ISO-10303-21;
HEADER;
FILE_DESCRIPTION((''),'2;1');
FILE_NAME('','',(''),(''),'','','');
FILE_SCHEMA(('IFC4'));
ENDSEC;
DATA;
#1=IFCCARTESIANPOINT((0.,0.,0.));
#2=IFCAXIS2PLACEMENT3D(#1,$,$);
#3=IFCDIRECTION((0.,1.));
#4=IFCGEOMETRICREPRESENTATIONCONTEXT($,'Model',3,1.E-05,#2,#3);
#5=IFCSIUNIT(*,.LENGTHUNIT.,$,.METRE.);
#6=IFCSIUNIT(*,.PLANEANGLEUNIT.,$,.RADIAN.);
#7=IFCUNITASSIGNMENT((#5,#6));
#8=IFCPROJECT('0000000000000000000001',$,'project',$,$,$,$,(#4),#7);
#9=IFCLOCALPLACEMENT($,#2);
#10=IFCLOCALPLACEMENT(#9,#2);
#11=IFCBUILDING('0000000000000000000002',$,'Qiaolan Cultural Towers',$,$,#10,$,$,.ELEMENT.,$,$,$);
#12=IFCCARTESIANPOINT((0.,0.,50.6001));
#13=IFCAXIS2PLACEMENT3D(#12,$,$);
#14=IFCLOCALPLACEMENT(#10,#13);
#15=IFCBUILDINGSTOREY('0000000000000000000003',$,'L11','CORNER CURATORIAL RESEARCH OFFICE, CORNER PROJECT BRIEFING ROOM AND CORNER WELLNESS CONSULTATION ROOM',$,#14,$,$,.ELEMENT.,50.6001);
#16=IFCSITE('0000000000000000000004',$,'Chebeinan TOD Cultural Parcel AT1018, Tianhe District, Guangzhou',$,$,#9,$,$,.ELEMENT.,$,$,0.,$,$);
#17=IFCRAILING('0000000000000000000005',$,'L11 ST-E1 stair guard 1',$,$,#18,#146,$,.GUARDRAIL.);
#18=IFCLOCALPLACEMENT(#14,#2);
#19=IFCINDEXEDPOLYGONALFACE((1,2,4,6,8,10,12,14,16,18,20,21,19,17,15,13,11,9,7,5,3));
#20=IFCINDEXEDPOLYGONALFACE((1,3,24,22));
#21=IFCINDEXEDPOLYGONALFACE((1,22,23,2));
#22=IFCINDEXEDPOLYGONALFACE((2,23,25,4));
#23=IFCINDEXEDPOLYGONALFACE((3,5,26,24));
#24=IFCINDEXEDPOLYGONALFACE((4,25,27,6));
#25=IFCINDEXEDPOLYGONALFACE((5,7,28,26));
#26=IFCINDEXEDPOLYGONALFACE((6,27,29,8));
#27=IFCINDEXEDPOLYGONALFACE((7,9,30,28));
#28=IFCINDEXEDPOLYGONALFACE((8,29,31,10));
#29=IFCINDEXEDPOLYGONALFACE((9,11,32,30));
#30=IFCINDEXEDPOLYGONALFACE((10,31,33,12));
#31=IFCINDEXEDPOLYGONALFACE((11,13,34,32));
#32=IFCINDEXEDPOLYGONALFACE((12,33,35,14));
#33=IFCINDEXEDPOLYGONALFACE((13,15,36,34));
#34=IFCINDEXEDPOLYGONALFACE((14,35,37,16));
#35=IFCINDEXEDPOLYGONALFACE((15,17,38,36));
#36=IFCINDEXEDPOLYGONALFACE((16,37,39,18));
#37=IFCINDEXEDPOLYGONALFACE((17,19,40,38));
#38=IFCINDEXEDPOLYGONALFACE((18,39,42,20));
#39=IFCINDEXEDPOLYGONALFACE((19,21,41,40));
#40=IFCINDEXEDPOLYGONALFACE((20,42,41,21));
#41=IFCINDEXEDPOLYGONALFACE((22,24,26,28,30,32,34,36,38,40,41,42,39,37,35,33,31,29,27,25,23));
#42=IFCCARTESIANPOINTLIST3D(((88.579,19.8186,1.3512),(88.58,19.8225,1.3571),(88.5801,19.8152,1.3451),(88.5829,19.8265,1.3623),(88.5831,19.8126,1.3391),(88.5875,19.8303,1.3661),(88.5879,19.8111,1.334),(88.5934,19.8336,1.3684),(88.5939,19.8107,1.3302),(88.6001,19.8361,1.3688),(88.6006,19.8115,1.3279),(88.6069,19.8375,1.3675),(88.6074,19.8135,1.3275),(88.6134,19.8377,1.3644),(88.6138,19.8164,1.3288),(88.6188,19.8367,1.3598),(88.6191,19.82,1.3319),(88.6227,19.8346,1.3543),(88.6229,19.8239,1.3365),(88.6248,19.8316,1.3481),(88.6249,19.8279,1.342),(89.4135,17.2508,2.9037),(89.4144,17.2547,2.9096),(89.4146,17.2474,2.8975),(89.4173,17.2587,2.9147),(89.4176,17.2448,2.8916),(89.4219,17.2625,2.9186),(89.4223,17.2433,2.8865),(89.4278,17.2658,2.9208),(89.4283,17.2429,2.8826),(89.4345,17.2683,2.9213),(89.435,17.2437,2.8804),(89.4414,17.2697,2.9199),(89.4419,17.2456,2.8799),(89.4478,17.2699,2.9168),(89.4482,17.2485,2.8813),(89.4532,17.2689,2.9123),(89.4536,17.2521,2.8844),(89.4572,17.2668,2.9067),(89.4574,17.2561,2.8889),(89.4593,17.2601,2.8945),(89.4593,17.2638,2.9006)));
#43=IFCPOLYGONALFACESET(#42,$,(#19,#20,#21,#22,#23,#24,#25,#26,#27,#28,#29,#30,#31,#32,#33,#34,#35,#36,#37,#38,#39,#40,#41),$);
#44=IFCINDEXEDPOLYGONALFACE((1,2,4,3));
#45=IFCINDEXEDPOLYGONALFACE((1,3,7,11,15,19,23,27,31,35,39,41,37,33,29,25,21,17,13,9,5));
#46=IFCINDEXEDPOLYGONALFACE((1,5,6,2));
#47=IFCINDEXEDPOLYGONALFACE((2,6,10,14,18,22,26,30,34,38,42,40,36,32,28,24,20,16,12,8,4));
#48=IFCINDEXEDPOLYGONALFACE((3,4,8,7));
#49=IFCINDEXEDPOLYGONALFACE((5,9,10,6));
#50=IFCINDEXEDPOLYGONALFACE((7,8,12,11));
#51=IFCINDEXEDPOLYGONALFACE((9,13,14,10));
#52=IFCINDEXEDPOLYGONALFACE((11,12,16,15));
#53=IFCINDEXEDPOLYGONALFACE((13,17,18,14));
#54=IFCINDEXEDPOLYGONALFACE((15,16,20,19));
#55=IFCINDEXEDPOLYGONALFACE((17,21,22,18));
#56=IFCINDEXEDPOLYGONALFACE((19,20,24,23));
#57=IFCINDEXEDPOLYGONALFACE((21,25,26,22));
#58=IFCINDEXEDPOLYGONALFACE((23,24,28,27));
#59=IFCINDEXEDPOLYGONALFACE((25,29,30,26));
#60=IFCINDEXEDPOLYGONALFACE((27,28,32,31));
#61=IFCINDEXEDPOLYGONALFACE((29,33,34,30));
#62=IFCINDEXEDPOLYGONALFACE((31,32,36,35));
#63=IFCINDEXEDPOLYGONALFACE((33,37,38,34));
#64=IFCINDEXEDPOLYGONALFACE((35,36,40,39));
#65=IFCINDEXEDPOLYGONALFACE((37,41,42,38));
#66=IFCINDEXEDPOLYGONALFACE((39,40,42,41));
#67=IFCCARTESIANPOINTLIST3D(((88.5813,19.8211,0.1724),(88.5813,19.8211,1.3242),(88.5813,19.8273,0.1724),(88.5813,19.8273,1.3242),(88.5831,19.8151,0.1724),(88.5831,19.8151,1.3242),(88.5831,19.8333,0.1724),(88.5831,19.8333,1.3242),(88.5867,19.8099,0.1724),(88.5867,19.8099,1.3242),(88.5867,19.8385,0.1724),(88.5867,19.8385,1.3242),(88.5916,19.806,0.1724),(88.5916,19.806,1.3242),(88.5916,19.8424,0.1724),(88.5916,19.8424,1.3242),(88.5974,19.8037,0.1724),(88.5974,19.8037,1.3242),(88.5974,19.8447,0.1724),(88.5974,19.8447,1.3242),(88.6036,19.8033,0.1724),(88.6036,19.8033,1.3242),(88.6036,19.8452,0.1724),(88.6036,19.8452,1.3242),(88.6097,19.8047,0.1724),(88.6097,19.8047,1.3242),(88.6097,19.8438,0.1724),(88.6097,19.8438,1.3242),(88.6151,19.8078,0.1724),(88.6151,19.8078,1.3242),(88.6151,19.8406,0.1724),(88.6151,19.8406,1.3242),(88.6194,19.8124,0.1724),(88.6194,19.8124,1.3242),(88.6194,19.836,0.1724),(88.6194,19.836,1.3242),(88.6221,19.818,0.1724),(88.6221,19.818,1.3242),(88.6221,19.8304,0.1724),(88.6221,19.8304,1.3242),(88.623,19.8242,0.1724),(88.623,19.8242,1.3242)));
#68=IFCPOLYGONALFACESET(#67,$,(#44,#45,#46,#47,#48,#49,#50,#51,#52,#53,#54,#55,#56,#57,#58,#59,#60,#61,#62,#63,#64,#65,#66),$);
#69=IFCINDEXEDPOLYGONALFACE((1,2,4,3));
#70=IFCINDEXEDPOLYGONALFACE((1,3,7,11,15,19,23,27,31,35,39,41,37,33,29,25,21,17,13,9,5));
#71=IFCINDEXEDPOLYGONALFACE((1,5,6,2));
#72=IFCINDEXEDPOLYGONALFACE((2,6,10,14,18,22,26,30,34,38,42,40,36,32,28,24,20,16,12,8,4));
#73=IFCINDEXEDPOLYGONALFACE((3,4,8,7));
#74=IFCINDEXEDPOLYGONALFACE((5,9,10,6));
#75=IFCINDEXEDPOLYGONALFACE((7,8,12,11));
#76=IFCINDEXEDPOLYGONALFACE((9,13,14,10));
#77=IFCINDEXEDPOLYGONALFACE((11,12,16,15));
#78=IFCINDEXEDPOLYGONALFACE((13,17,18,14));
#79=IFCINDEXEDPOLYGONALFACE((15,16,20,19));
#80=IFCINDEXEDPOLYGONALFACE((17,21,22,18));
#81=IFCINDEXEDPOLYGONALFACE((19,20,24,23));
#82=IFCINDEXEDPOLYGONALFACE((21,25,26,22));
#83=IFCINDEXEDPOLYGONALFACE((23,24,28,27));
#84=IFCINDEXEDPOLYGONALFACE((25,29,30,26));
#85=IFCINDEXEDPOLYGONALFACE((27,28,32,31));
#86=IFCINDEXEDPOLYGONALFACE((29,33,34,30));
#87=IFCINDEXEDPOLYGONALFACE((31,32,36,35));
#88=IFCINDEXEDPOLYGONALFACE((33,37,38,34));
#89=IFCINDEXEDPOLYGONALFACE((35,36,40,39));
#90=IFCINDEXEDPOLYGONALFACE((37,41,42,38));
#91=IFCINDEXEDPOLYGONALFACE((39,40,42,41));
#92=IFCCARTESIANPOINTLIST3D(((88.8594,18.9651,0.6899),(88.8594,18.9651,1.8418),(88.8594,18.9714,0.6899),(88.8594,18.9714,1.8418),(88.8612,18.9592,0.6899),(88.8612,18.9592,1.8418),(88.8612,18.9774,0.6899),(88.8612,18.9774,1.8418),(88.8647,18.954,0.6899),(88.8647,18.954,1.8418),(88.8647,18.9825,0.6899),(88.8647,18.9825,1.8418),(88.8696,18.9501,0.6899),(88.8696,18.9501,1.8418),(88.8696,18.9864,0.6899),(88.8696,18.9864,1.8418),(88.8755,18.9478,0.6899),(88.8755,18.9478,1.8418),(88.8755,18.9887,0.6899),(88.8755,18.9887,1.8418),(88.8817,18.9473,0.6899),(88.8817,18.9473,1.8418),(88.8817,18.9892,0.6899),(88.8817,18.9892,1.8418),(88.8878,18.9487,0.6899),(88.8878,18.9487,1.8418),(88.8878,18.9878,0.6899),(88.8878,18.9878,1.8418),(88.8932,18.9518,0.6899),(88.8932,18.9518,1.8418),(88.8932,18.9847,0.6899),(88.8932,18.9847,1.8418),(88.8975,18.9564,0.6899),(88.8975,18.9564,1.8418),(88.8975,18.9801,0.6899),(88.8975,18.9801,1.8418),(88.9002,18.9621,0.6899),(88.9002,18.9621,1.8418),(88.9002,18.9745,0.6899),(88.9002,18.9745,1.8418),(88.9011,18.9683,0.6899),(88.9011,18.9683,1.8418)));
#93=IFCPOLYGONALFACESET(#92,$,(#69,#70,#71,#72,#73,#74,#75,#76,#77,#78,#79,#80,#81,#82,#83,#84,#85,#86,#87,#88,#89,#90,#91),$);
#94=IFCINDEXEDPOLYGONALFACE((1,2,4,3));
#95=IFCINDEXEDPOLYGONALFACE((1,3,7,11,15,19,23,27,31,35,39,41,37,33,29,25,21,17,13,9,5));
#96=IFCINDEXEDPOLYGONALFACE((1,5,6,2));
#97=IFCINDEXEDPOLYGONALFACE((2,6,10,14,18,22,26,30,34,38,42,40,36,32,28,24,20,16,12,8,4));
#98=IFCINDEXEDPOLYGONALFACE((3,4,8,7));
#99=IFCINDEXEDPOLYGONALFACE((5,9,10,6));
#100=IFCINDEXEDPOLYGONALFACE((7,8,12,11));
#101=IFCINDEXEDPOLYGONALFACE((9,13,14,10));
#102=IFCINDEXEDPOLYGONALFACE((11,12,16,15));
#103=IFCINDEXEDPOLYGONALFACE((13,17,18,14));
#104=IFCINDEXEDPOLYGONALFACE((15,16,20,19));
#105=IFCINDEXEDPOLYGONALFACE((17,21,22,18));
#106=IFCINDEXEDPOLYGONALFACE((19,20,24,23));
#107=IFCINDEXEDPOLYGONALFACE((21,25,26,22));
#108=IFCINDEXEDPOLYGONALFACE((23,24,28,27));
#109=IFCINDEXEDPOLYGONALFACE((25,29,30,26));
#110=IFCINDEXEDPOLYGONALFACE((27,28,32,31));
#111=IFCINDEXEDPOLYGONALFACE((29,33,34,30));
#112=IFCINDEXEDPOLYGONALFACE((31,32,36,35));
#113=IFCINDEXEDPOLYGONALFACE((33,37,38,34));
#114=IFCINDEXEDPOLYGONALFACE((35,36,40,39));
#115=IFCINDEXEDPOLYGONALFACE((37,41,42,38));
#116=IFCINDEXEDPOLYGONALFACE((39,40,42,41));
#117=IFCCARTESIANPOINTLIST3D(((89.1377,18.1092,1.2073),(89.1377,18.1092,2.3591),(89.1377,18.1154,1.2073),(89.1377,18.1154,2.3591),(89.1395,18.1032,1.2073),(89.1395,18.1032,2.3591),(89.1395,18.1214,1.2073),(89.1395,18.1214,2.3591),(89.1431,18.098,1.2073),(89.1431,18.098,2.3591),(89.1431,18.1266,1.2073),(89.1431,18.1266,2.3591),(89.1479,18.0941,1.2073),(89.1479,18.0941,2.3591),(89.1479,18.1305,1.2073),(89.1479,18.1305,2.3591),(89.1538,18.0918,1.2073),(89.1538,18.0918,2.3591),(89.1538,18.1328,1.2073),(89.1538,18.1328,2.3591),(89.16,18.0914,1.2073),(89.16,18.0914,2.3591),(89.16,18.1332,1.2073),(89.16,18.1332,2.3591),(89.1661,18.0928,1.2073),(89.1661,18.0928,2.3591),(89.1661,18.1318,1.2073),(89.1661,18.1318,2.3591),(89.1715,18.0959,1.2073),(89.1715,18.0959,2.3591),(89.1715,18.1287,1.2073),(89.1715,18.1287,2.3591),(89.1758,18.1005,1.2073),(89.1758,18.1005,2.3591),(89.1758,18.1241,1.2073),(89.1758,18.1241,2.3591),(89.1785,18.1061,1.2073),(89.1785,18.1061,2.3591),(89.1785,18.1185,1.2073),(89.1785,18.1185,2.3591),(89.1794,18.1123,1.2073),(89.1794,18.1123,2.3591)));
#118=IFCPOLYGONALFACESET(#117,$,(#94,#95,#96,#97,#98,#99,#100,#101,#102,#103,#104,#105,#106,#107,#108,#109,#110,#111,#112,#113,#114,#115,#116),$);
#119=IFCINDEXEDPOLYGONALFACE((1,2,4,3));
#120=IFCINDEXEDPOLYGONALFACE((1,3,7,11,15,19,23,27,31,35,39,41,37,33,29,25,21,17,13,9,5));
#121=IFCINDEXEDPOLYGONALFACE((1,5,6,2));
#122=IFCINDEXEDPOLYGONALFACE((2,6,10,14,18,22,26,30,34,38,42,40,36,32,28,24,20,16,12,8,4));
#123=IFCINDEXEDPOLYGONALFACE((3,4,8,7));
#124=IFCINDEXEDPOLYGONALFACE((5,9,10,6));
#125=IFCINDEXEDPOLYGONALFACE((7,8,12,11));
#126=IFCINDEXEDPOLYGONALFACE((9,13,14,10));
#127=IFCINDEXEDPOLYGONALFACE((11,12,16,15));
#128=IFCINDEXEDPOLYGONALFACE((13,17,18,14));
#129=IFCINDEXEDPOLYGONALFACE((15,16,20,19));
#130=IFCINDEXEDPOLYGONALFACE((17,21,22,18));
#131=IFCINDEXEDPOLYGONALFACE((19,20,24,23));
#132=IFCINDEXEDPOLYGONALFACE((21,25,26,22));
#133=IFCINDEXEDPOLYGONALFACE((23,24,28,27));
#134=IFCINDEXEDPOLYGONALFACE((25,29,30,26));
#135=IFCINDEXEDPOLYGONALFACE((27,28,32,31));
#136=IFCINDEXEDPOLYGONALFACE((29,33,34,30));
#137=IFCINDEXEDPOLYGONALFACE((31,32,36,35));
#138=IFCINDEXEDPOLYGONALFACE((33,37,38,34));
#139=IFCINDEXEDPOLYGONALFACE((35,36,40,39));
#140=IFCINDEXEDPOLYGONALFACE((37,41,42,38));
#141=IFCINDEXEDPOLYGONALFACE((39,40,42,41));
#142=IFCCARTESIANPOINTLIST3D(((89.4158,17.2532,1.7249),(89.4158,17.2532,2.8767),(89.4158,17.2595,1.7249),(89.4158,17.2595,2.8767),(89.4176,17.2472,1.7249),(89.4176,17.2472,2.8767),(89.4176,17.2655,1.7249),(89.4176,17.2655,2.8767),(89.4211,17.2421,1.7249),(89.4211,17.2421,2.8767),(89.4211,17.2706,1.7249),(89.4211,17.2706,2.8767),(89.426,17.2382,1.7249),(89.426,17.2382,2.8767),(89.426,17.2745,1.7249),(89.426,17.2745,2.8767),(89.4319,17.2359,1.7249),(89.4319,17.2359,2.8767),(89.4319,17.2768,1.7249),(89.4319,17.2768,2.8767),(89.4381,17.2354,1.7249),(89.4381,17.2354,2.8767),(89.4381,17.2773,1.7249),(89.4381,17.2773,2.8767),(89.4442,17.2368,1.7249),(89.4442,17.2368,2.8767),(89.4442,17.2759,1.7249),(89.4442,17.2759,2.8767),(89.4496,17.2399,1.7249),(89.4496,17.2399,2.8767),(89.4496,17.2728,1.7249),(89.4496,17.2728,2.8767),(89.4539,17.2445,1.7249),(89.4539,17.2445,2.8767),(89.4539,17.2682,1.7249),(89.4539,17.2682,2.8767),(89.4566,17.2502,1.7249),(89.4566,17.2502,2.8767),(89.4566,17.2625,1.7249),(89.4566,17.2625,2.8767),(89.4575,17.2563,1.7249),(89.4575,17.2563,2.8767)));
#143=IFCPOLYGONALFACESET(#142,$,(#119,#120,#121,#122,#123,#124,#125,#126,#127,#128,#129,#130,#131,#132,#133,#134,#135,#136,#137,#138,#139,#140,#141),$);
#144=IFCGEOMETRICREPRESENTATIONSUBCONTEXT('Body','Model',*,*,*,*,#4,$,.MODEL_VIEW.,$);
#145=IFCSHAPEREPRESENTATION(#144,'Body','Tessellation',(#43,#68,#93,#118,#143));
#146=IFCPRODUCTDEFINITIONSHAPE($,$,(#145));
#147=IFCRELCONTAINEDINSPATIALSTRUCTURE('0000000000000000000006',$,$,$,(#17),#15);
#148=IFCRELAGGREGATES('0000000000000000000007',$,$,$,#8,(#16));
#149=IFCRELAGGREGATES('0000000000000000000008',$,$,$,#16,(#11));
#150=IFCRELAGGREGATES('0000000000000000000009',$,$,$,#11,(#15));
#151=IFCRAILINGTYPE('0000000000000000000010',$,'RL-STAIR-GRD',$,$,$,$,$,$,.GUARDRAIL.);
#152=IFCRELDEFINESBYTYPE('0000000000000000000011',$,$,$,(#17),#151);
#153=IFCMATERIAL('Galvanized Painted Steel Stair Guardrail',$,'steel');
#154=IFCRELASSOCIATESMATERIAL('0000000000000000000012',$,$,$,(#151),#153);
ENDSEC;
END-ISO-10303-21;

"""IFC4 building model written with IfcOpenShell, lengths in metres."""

from ifc_helpers import new_model, si_unit, direction, frame, origin, origin_2d, place, context, subcontext, project, spatial, circle, extrude, material, type_object, element, save


model = new_model("IFC4")

# Units and contexts
model_context = context("Model", 3, precision=1e-05, world=origin(), true_north=direction((0.0, 1.0)))
body_context = subcontext(model_context, "Body", "Model", "MODEL_VIEW")
ifc_project = project(units=[si_unit("LENGTHUNIT", "METRE"), si_unit("PLANEANGLEUNIT", "RADIAN")], contexts=[model_context])

# Site, building, storey
site_placement = place(None, origin())
site = spatial("IfcSite", under=ifc_project, at=site_placement, Name="Chebeinan TOD Cultural Parcel AT1018, Tianhe District, Guangzhou", CompositionType="ELEMENT", RefElevation=0.0)
building_placement = place(site_placement, origin())
building = spatial("IfcBuilding", under=site, at=building_placement, Name="Qiaolan Cultural Towers", CompositionType="ELEMENT")
storey_placement = place(building_placement, frame((0.0, 0.0, 50.6001)))
storey = spatial("IfcBuildingStorey", under=building, at=storey_placement, Name="L11", Description="CORNER CURATORIAL RESEARCH OFFICE, CORNER PROJECT BRIEFING ROOM AND CORNER WELLNESS CONSULTATION ROOM", CompositionType="ELEMENT", Elevation=50.6001)

# Railing
ifc_material_1 = material(Name="Galvanized Painted Steel Stair Guardrail", Category="steel")
railing_type_1 = type_object("IfcRailingType", Name="RL-STAIR-GRD", PredefinedType="GUARDRAIL", material=ifc_material_1)
railing_1_placement = place(storey_placement, frame((88.6021, 19.8242, 0.1724)))
element("IfcRailing", 1, at=railing_1_placement, inside=storey, type_object=railing_type_1, Name="L11 ST-E1 stair guard 1", PredefinedType="GUARDRAIL", context=body_context, shape_type="SweptSolid", body=[
    extrude(circle(Radius=0.0239, at=origin_2d()), frame((0.0, 0.0, 1.1758), z_axis=(0.267926, -0.824471, 0.498461), x_axis=(0.951043, 0.309057, 0.0)), (0.0, 0.0, 1.0), 3.1145),
    extrude(circle(Radius=0.021, at=origin_2d()), origin(), (0.0, 0.0, 1.0), 1.1519),
    extrude(circle(Radius=0.021, at=origin_2d()), frame((0.2781, -0.856, 0.5176)), (0.0, 0.0, 1.0), 1.1519),
    extrude(circle(Radius=0.021, at=origin_2d()), frame((0.5564, -1.7119, 1.0349)), (0.0, 0.0, 1.0), 1.1519),
    extrude(circle(Radius=0.021, at=origin_2d()), frame((0.8345, -2.5679, 1.5525)), (0.0, 0.0, 1.0), 1.1519),
])

save(model, "model.ifc")
